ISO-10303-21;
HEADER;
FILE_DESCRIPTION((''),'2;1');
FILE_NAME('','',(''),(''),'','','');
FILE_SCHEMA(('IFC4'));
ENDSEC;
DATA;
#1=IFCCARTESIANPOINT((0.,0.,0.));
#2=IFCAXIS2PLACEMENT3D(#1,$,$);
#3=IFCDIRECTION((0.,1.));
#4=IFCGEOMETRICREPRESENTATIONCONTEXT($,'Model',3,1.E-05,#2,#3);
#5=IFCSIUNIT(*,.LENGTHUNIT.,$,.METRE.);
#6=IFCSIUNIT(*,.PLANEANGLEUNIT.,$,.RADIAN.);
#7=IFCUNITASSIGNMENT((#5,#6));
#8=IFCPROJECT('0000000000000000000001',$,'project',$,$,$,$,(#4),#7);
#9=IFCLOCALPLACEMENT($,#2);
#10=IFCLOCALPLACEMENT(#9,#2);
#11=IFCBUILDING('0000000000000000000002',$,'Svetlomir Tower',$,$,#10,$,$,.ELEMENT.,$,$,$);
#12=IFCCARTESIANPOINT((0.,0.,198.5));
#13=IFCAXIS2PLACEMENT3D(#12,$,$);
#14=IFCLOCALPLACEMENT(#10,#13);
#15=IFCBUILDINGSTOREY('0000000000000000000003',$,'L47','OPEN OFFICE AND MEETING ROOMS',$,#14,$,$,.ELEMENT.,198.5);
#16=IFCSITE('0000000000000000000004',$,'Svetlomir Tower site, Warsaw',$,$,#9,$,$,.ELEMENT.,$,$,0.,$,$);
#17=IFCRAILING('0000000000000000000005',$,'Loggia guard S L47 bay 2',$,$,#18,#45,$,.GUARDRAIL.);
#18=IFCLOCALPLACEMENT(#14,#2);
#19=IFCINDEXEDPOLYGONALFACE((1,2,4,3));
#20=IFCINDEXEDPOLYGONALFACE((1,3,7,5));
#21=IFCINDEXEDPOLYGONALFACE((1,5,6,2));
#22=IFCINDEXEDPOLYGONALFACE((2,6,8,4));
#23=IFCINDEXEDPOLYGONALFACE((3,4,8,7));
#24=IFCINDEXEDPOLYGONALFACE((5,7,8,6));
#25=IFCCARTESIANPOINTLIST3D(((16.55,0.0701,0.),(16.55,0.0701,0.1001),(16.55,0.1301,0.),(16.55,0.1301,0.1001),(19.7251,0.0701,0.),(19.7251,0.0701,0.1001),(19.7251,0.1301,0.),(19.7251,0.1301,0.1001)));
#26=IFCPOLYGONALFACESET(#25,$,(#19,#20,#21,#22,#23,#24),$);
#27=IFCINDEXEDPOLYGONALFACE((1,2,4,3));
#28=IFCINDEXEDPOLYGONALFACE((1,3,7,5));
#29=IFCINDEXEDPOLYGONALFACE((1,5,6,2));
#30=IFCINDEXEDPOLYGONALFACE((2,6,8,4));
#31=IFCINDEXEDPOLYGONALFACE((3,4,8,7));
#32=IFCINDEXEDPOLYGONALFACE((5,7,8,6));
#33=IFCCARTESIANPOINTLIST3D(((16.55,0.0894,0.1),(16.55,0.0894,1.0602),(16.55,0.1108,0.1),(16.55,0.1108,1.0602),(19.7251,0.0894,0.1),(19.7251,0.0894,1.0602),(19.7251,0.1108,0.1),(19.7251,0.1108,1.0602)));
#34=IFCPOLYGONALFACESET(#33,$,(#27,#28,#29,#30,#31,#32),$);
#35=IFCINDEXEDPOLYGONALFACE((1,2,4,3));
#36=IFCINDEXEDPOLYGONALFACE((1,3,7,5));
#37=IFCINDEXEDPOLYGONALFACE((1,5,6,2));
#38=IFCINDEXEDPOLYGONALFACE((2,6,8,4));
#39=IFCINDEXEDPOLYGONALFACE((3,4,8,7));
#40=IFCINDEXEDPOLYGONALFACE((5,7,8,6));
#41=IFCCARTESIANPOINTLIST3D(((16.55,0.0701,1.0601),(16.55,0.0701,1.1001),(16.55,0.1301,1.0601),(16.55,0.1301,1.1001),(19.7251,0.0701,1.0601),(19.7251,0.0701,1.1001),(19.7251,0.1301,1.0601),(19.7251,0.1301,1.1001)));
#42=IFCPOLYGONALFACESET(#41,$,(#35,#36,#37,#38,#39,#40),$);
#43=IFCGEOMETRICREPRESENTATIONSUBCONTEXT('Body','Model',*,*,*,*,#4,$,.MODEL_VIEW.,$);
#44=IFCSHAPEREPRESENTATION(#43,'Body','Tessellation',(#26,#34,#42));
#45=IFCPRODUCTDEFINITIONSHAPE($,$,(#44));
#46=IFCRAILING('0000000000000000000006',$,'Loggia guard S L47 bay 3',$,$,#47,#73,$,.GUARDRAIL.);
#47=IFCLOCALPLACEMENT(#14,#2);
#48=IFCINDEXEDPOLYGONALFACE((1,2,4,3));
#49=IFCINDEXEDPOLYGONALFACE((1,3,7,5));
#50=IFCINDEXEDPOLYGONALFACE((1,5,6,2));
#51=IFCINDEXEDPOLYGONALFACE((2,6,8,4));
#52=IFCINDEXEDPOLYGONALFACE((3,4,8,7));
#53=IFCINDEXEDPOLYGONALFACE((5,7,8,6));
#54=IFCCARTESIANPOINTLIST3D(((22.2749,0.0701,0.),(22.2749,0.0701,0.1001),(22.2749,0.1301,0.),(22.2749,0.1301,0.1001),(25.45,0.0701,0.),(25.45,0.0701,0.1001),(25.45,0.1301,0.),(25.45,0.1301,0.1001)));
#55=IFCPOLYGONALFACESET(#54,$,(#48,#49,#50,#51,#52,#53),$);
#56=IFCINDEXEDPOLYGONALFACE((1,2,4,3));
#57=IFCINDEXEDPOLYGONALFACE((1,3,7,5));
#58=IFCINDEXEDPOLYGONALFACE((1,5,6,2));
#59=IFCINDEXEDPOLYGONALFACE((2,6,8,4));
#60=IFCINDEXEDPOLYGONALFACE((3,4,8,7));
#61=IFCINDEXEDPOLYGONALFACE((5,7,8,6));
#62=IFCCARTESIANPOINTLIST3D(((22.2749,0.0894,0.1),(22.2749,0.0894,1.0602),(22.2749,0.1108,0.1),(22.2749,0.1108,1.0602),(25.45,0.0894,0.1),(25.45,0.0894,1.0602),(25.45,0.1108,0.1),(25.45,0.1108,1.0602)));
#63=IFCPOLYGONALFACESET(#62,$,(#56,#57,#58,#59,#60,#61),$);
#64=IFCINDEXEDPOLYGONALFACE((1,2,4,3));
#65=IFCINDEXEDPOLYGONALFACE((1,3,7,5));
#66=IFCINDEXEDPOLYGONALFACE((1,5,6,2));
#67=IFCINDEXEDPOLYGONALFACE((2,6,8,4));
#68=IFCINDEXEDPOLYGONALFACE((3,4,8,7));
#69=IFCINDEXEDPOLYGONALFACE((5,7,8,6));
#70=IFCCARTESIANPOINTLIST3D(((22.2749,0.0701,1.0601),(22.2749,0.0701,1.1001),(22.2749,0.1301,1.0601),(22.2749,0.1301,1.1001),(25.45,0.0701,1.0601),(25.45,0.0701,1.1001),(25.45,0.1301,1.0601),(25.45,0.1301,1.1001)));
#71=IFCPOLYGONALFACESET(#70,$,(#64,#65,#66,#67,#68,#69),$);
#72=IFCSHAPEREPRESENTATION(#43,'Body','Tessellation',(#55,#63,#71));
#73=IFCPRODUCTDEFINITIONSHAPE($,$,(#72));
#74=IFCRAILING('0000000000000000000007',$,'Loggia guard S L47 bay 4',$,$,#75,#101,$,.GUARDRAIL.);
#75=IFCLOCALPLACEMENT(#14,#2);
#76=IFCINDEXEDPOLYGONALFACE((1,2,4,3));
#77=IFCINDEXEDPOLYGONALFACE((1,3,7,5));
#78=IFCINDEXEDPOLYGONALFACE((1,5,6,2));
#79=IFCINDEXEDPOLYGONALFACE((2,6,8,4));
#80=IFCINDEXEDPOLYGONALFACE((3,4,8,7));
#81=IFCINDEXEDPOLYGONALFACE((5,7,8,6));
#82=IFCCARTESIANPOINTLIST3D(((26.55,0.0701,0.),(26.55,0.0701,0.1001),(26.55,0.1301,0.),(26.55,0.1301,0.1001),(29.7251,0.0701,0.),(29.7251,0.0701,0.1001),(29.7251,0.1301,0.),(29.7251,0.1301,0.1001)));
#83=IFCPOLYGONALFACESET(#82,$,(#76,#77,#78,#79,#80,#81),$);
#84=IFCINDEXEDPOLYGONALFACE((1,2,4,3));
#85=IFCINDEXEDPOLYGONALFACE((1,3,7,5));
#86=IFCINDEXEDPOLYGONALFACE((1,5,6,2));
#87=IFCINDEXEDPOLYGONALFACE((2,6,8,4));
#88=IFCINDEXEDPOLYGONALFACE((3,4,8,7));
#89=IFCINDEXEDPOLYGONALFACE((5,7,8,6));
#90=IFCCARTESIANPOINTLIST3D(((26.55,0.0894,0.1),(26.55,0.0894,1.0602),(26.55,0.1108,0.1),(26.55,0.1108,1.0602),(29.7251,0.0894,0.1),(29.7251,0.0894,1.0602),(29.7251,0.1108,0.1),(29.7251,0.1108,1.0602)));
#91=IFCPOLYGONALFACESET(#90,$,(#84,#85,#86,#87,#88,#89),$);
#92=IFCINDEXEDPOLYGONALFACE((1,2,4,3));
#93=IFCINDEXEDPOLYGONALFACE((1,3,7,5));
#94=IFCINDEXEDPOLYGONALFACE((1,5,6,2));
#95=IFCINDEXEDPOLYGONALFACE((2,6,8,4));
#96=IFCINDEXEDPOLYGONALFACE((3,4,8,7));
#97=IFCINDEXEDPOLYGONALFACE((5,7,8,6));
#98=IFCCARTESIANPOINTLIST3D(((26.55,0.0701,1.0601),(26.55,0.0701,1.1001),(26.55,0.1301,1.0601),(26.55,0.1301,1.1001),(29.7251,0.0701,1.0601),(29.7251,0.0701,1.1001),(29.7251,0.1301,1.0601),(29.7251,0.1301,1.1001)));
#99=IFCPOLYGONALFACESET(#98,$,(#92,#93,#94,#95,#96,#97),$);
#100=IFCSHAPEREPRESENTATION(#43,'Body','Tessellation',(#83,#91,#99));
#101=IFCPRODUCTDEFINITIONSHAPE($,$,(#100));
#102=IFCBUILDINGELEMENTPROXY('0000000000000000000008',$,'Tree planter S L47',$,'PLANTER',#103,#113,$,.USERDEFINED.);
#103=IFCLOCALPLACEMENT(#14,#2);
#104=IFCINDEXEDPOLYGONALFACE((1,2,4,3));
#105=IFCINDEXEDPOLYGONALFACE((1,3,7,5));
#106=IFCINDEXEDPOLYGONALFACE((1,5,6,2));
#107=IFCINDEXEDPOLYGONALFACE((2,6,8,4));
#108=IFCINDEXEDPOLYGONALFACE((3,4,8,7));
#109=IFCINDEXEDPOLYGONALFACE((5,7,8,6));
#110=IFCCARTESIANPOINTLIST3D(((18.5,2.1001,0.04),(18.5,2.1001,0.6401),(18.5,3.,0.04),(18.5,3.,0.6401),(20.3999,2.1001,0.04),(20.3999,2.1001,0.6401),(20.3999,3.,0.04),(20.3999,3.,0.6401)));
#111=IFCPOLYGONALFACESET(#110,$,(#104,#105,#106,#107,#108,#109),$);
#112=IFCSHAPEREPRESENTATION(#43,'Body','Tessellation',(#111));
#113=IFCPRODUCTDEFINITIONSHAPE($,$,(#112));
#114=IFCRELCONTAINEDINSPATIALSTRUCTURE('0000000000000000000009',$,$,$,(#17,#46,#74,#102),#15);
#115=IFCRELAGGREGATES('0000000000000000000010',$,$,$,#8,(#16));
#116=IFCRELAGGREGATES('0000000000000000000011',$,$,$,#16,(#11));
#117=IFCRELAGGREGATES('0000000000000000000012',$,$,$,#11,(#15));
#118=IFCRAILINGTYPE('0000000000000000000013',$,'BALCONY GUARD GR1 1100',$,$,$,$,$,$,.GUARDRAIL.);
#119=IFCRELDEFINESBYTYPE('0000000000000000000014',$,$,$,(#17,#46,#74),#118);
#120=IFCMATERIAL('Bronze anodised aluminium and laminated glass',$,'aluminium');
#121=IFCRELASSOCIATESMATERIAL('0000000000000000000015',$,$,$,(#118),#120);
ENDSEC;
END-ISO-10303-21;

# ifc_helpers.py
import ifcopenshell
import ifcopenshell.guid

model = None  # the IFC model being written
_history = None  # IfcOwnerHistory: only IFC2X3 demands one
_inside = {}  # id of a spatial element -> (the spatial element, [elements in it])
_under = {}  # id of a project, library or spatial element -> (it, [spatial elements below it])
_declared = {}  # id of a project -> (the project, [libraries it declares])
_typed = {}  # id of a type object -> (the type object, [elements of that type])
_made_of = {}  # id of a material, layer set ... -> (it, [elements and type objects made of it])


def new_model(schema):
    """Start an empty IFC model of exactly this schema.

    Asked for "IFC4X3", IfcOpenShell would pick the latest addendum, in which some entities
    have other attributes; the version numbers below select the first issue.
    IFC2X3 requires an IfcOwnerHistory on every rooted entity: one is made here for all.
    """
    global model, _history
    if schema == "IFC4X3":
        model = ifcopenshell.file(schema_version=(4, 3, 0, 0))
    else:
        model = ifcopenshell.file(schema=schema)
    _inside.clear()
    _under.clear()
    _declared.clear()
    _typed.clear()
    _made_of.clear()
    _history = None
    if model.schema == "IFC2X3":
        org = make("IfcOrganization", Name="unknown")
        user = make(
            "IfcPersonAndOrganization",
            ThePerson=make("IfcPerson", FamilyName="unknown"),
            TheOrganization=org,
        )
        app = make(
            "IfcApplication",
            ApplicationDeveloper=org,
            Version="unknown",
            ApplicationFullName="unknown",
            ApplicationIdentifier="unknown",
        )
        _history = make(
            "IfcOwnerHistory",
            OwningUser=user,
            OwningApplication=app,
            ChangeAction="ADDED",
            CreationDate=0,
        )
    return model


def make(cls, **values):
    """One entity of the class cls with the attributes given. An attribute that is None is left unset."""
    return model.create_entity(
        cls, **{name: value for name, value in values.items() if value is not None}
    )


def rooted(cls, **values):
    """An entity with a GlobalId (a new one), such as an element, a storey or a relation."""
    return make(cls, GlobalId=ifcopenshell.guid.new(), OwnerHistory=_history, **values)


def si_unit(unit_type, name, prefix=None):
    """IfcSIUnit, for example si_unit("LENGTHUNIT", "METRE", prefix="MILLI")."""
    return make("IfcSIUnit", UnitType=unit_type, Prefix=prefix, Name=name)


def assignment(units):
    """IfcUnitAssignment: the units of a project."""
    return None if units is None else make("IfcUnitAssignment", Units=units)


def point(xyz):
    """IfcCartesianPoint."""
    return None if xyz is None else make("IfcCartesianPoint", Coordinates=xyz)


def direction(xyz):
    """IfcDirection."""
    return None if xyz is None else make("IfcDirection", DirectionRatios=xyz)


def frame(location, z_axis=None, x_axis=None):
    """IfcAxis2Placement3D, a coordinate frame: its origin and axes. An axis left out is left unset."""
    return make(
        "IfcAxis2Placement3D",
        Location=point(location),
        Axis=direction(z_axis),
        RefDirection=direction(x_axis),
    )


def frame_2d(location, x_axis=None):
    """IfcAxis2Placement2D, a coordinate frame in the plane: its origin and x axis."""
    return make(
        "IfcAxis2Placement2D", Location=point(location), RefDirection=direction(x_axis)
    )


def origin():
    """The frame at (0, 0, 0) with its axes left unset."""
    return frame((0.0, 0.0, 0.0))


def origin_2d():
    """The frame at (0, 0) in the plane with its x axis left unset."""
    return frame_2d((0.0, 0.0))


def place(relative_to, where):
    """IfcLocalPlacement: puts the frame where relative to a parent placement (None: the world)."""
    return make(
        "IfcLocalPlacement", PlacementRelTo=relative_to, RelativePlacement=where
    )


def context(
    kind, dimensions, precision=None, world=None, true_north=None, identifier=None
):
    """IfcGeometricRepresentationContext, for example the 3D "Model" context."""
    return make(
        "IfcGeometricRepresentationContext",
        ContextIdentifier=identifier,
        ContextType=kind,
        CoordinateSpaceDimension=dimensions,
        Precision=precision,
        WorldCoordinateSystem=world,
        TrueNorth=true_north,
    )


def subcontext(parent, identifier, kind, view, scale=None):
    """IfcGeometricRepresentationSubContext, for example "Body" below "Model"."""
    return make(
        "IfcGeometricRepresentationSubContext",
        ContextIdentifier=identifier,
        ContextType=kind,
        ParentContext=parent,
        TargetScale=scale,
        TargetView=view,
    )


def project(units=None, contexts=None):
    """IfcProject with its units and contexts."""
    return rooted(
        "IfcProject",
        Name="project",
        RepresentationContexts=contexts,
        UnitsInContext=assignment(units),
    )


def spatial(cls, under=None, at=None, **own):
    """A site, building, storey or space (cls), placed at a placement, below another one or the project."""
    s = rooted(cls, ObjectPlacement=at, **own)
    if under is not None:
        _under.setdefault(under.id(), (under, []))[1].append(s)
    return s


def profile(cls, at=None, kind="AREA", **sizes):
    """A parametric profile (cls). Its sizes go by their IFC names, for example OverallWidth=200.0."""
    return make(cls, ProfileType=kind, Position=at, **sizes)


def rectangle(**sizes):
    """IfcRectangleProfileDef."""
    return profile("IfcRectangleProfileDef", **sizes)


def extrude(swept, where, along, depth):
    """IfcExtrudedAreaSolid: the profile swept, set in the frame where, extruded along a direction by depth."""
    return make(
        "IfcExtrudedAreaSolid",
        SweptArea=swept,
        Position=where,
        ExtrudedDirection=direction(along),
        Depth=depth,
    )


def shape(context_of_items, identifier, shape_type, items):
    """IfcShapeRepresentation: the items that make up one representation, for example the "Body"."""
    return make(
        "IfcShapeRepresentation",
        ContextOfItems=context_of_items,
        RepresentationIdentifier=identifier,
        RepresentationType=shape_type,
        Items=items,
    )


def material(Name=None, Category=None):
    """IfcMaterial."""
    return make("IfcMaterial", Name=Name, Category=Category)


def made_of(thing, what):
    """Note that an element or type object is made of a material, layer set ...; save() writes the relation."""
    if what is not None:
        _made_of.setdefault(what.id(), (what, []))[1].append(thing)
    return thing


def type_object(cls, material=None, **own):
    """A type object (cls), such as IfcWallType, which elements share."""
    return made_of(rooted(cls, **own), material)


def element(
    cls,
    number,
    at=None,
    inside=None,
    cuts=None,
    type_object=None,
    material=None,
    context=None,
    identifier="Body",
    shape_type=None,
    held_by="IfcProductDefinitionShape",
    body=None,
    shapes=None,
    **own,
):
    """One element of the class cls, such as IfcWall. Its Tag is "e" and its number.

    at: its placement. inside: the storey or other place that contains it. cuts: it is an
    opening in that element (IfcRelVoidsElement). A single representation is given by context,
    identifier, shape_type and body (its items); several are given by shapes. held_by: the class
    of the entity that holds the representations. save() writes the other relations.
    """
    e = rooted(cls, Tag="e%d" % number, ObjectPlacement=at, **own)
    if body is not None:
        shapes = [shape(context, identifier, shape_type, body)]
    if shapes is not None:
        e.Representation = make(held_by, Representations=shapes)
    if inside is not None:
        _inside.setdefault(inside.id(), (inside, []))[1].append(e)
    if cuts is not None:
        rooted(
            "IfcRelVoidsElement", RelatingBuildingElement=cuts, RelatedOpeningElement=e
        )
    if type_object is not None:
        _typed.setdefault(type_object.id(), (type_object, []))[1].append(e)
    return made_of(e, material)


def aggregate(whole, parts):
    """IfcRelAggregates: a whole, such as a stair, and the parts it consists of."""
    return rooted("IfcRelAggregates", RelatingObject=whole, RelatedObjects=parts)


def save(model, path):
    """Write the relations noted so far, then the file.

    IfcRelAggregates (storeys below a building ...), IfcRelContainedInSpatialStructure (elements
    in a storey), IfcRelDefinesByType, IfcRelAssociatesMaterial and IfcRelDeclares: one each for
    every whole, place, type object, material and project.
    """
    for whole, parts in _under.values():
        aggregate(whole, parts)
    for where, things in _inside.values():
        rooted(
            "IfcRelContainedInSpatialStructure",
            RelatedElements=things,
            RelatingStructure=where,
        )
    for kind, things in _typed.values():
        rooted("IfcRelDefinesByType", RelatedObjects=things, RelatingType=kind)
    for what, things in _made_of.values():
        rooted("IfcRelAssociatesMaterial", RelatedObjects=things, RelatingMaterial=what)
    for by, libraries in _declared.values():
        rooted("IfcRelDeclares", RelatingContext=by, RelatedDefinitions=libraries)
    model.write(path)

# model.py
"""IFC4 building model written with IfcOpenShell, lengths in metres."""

from ifc_helpers import new_model, si_unit, direction, frame, origin, origin_2d, place, context, subcontext, project, spatial, rectangle, extrude, material, type_object, element, save


model = new_model("IFC4")

# Units and contexts
model_context = context("Model", 3, precision=1e-05, world=origin(), true_north=direction((0.0, 1.0)))
body_context = subcontext(model_context, "Body", "Model", "MODEL_VIEW")
ifc_project = project(units=[si_unit("LENGTHUNIT", "METRE"), si_unit("PLANEANGLEUNIT", "RADIAN")], contexts=[model_context])

# Site, building, storey
site_placement = place(None, origin())
site = spatial("IfcSite", under=ifc_project, at=site_placement, Name="Svetlomir Tower site, Warsaw", CompositionType="ELEMENT", RefElevation=0.0)
building_placement = place(site_placement, origin())
building = spatial("IfcBuilding", under=site, at=building_placement, Name="Svetlomir Tower", CompositionType="ELEMENT")
storey_placement = place(building_placement, frame((0.0, 0.0, 198.5)))
storey = spatial("IfcBuildingStorey", under=building, at=storey_placement, Name="L47", Description="OPEN OFFICE AND MEETING ROOMS", CompositionType="ELEMENT", Elevation=198.5)

# Railings
ifc_material_1 = material(Name="Bronze anodised aluminium and laminated glass", Category="aluminium")
railing_type = type_object("IfcRailingType", Name="BALCONY GUARD GR1 1100", PredefinedType="GUARDRAIL", material=ifc_material_1)
for number, where, name in (
    (1, (16.55, 0.1001, 0.0), "Loggia guard S L47 bay 2"),
    (2, (22.2749, 0.1001, 0.0), "Loggia guard S L47 bay 3"),
    (3, (26.55, 0.1001, 0.0), "Loggia guard S L47 bay 4"),
):
    element("IfcRailing", number, at=place(storey_placement, frame(where)), inside=storey, type_object=railing_type, Name=name, PredefinedType="GUARDRAIL", context=body_context, shape_type="SweptSolid", body=[
        extrude(rectangle(XDim=0.0601, YDim=0.1001, at=origin_2d()), frame((0.0, 0.0, 0.05), z_axis=(1.0, 0.0, 0.0), x_axis=(0.0, 1.0, 0.0)), (0.0, 0.0, 1.0), 3.175),
        extrude(rectangle(XDim=0.0215, YDim=0.9602, at=origin_2d()), frame((0.0, 0.0, 0.5801), z_axis=(1.0, 0.0, 0.0), x_axis=(0.0, 1.0, 0.0)), (0.0, 0.0, 1.0), 3.175),
        extrude(rectangle(XDim=0.0601, YDim=0.04, at=origin_2d()), frame((0.0, 0.0, 1.0801), z_axis=(1.0, 0.0, 0.0), x_axis=(0.0, 1.0, 0.0)), (0.0, 0.0, 1.0), 3.175),
    ])

# Building element proxy
proxy_placement = place(storey_placement, frame((19.45, 2.55, 0.04), z_axis=(0.0, 0.0, 1.0), x_axis=(1.0, 0.0, 0.0)))
element("IfcBuildingElementProxy", 4, at=proxy_placement, inside=storey, Name="Tree planter S L47", ObjectType="PLANTER", PredefinedType="USERDEFINED", context=body_context, shape_type="SweptSolid", body=[
    extrude(rectangle(XDim=1.8999, YDim=0.8999, at=origin_2d()), origin(), (0.0, 0.0, 1.0), 0.6001),
])

save(model, "model.ifc")
